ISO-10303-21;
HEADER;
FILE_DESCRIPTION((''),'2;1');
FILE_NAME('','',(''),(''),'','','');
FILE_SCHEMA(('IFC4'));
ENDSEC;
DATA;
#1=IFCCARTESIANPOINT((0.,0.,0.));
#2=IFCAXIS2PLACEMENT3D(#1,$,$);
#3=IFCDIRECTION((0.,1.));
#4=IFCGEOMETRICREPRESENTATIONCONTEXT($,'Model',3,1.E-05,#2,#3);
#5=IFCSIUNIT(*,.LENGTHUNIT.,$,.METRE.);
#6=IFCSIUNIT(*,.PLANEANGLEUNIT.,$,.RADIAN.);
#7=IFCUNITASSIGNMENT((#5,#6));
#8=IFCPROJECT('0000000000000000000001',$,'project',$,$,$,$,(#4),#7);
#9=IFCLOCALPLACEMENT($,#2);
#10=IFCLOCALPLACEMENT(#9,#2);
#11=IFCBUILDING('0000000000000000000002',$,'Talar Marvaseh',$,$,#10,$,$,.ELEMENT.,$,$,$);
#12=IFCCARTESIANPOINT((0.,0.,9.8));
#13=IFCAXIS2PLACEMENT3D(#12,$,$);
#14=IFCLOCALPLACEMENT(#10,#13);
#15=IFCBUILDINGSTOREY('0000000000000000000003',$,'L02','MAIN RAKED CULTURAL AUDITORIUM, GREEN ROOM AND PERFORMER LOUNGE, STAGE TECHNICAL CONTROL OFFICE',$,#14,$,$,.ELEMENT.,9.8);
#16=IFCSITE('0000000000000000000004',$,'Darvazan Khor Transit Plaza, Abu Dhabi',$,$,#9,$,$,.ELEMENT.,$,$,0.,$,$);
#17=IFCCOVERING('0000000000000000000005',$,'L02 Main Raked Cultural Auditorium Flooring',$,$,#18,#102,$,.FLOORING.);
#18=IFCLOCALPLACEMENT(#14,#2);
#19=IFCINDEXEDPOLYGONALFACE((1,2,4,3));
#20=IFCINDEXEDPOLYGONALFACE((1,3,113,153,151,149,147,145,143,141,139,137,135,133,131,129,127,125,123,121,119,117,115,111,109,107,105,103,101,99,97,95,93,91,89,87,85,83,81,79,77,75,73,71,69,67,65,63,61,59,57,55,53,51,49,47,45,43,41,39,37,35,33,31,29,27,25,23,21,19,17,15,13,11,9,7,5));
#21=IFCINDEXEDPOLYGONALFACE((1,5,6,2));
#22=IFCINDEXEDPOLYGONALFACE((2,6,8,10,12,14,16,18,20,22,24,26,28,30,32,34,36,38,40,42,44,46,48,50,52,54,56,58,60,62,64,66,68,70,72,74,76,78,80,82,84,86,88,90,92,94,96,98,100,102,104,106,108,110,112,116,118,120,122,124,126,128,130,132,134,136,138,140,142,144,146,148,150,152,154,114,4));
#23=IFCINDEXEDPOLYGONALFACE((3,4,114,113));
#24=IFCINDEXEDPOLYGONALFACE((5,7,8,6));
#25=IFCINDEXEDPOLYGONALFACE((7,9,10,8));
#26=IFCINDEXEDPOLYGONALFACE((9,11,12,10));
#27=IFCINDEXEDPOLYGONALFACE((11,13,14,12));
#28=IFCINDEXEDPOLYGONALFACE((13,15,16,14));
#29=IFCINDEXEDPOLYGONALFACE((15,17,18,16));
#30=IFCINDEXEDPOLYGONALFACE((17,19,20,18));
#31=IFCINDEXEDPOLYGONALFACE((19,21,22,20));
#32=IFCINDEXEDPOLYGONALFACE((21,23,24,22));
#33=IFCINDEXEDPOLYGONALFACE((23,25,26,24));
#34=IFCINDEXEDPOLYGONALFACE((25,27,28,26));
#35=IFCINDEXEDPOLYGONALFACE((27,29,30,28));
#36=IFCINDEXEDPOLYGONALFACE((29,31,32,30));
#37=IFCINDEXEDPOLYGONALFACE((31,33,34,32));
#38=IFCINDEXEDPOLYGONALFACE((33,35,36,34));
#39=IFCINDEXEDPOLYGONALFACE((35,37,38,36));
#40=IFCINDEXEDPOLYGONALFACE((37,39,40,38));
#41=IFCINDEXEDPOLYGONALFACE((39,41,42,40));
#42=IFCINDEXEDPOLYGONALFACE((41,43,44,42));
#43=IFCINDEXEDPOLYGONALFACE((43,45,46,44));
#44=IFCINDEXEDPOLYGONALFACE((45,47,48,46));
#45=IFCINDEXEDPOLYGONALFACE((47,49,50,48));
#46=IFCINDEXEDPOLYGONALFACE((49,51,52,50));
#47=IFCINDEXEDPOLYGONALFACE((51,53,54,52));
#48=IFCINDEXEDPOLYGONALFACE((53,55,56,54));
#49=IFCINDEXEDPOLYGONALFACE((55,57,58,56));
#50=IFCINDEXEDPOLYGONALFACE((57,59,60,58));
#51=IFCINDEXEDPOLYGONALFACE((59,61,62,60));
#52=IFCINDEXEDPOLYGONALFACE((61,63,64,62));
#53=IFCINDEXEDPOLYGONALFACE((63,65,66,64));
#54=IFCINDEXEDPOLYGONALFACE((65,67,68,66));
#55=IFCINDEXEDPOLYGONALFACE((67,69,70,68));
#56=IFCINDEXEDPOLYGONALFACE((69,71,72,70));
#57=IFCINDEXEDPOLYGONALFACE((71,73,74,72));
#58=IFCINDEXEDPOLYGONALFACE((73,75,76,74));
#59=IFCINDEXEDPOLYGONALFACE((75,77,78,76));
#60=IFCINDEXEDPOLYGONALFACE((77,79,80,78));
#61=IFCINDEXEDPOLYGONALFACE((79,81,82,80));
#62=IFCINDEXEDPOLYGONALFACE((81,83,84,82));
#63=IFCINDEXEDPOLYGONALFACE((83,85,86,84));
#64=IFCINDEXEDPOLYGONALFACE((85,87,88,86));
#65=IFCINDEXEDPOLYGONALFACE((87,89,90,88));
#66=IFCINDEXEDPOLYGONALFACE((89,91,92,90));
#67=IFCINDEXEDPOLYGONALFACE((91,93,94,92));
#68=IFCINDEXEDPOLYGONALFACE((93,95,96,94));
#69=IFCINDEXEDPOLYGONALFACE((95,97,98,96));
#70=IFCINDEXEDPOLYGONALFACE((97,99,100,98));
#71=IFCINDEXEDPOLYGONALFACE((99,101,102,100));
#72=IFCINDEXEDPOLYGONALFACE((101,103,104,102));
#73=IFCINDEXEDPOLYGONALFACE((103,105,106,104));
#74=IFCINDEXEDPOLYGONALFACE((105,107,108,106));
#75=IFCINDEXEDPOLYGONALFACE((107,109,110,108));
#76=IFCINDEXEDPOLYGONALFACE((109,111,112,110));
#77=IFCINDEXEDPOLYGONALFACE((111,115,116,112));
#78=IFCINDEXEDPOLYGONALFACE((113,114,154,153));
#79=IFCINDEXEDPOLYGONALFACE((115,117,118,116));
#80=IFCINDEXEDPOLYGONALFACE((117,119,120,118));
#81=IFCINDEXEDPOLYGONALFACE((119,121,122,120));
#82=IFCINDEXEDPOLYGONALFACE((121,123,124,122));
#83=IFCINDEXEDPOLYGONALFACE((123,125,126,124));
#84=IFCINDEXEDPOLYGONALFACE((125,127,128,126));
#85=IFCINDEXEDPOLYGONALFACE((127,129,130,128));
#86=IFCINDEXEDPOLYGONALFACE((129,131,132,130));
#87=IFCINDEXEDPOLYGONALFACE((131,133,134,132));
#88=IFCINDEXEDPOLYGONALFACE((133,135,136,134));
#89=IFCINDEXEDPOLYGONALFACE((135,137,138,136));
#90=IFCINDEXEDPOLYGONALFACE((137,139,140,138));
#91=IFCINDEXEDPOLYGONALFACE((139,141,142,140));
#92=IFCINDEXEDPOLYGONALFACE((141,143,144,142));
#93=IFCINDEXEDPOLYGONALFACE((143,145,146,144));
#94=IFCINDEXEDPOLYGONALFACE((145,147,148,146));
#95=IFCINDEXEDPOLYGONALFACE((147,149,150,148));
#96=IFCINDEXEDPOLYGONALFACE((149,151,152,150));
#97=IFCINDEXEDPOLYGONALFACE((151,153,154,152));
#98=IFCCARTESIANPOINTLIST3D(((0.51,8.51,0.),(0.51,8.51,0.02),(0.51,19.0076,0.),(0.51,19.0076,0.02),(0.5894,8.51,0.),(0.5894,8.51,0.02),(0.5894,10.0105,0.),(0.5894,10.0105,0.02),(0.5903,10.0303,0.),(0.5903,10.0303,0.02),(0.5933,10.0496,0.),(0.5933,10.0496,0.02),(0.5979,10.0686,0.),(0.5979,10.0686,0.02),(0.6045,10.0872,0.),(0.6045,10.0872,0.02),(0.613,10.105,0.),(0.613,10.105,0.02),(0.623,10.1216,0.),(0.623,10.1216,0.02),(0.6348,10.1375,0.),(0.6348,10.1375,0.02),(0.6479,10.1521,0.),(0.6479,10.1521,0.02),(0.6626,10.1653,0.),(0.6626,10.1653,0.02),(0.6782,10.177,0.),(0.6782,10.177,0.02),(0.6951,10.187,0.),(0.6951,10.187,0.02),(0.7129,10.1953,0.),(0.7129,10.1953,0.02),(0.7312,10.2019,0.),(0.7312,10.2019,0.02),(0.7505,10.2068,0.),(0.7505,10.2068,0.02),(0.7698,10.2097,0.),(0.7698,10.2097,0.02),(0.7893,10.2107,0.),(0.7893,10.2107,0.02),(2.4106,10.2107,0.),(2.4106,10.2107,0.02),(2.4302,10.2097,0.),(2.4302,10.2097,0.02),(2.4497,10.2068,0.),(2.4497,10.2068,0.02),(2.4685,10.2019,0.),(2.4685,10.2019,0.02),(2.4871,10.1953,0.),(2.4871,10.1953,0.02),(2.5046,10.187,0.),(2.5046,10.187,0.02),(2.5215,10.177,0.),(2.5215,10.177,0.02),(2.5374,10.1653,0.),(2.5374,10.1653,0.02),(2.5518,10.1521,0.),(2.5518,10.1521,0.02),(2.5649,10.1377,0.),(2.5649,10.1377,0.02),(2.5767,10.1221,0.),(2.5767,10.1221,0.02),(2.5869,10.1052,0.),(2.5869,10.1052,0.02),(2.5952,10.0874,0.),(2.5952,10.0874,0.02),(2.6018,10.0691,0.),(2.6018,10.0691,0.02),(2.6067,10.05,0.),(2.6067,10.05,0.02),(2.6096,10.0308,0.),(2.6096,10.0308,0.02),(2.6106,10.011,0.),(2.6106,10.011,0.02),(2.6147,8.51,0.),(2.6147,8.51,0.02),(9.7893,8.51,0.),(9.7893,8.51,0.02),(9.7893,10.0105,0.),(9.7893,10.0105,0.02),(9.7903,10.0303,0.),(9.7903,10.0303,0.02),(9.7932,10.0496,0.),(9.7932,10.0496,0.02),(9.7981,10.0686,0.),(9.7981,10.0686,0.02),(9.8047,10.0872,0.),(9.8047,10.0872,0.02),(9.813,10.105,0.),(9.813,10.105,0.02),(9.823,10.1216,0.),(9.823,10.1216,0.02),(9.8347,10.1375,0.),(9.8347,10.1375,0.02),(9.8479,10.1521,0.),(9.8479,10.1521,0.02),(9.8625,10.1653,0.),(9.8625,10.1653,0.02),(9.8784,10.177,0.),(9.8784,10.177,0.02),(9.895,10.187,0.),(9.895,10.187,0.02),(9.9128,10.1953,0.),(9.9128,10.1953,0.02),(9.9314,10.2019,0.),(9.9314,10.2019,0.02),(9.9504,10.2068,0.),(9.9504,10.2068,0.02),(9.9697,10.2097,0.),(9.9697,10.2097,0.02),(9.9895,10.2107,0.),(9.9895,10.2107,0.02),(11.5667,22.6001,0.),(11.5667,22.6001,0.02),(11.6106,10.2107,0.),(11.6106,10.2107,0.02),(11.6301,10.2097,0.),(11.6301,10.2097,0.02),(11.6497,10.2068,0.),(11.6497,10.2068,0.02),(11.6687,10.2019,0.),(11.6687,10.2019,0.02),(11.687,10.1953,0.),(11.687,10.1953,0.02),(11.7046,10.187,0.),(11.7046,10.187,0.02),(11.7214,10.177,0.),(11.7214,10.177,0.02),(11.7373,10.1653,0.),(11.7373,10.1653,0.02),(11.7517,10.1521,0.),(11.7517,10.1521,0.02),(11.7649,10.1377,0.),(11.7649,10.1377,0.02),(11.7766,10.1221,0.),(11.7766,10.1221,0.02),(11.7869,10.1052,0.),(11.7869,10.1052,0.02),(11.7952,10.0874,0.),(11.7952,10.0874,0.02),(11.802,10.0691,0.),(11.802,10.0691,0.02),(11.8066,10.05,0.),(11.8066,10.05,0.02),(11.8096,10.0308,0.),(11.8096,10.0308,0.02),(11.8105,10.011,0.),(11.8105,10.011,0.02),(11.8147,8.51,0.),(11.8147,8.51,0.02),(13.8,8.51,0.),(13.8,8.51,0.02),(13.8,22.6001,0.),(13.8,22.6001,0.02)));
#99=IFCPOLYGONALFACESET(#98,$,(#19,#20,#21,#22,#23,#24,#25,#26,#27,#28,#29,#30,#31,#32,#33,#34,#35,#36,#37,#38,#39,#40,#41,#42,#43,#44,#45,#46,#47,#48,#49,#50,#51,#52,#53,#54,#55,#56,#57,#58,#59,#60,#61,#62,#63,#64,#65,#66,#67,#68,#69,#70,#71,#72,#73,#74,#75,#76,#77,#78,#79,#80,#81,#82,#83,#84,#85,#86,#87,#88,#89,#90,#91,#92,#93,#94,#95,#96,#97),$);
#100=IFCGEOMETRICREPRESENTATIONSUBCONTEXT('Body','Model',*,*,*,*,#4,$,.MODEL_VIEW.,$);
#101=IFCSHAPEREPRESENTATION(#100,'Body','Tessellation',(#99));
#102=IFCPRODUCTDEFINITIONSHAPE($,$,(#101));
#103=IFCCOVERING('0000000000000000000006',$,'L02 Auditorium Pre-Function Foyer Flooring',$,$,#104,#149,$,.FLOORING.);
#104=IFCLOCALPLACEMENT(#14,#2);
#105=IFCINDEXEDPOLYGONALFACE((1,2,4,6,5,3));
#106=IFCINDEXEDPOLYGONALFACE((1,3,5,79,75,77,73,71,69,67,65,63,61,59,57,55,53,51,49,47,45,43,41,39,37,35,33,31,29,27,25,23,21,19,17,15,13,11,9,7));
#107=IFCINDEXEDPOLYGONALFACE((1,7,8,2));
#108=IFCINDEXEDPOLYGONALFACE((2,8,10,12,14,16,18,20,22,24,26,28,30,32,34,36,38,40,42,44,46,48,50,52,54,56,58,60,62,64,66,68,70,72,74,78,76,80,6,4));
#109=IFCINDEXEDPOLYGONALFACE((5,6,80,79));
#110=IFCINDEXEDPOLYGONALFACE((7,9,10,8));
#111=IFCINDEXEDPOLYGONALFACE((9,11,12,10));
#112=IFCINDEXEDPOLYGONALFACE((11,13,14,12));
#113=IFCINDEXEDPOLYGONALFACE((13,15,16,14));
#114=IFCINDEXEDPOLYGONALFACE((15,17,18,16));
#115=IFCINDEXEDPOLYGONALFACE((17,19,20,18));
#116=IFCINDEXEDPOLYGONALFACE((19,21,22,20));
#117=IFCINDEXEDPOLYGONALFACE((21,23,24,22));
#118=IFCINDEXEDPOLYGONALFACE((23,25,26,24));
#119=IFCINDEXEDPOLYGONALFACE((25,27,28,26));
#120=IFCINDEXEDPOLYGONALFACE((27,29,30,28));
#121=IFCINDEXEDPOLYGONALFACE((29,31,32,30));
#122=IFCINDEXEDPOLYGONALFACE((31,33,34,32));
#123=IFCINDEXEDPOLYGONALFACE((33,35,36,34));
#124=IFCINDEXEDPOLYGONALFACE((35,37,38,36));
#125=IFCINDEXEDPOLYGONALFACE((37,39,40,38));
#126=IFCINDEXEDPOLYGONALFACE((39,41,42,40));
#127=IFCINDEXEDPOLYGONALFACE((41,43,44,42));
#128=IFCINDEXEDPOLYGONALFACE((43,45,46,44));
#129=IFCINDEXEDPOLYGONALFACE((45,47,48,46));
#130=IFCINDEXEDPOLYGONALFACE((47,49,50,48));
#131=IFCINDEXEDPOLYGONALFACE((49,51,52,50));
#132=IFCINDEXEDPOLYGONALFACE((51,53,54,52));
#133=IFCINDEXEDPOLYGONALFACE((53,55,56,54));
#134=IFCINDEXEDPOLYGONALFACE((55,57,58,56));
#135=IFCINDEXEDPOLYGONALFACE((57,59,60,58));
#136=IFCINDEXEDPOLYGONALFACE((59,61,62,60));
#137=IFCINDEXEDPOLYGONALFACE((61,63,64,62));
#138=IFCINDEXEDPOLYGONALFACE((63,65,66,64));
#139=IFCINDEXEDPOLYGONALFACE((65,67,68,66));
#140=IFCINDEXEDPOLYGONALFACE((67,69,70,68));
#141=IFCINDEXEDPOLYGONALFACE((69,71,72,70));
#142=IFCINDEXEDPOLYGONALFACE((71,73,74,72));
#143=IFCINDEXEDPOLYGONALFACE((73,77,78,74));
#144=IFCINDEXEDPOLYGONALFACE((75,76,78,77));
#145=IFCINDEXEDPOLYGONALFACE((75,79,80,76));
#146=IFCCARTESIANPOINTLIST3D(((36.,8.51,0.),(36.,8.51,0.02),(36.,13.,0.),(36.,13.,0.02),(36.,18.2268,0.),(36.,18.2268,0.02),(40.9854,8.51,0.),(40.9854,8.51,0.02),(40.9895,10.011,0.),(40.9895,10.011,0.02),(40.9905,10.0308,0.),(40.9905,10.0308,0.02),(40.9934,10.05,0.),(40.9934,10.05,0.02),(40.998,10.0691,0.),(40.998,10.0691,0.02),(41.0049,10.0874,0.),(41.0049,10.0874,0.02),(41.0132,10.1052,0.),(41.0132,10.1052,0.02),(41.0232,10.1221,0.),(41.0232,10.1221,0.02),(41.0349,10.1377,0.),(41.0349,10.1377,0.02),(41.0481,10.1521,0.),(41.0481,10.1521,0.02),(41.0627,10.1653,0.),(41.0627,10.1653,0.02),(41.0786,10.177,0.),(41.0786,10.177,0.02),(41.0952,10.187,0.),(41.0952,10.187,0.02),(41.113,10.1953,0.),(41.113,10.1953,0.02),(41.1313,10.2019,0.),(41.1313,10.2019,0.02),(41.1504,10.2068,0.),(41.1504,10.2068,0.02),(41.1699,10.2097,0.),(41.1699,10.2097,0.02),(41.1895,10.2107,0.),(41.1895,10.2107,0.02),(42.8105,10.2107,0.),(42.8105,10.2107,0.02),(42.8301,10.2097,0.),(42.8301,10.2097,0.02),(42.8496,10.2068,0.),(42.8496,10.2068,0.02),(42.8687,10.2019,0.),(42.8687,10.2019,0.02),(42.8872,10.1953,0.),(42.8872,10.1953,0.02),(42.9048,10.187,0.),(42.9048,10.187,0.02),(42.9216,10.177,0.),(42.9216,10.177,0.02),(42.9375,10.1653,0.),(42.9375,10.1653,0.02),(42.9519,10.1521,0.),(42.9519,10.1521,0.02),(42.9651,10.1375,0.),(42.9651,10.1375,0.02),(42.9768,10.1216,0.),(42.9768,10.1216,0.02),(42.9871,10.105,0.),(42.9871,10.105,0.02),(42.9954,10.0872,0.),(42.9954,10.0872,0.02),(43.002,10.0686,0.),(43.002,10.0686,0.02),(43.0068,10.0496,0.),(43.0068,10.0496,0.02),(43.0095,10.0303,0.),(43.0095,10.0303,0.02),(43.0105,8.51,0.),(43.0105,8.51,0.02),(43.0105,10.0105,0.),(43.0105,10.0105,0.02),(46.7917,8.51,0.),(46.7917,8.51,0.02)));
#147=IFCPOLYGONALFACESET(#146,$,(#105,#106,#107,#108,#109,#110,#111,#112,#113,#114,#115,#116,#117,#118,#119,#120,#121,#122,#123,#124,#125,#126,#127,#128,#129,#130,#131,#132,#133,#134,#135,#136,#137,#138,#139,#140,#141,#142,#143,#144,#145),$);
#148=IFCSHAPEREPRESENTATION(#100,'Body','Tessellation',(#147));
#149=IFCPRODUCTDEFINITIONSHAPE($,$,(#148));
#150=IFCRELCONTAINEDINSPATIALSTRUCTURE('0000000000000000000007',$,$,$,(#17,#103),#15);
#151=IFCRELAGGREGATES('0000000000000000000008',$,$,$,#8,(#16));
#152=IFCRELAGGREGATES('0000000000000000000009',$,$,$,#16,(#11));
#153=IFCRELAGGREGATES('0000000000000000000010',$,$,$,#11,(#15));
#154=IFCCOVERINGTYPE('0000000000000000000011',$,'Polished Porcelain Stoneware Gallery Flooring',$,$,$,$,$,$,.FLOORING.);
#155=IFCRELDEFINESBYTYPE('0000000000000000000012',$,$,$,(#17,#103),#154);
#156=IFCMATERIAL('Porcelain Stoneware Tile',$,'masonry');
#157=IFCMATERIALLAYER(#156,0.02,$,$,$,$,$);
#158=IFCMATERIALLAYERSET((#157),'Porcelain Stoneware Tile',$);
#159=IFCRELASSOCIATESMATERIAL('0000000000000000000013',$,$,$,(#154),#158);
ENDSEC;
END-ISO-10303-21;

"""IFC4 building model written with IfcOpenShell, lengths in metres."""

from ifc_helpers import new_model, si_unit, direction, frame, origin, place, context, subcontext, project, spatial, polyline, outline, extrude, material, layer, layer_set, type_object, element, save


model = new_model("IFC4")

# Units and contexts
model_context = context("Model", 3, precision=1e-05, world=origin(), true_north=direction((0.0, 1.0)))
body_context = subcontext(model_context, "Body", "Model", "MODEL_VIEW")
ifc_project = project(units=[si_unit("LENGTHUNIT", "METRE"), si_unit("PLANEANGLEUNIT", "RADIAN")], contexts=[model_context])

# Site, building, storey
site_placement = place(None, origin())
site = spatial("IfcSite", under=ifc_project, at=site_placement, Name="Darvazan Khor Transit Plaza, Abu Dhabi", CompositionType="ELEMENT", RefElevation=0.0)
building_placement = place(site_placement, origin())
building = spatial("IfcBuilding", under=site, at=building_placement, Name="Talar Marvaseh", CompositionType="ELEMENT")
storey_placement = place(building_placement, frame((0.0, 0.0, 9.8)))
storey = spatial("IfcBuildingStorey", under=building, at=storey_placement, Name="L02", Description="MAIN RAKED CULTURAL AUDITORIUM, GREEN ROOM AND PERFORMER LOUNGE, STAGE TECHNICAL CONTROL OFFICE", CompositionType="ELEMENT", Elevation=9.8)

# Coverings
ifc_material_1 = material(Name="Porcelain Stoneware Tile", Category="masonry")
ifc_layer_1 = layer(ifc_material_1, 0.02)
ifc_layer_set_1 = layer_set([ifc_layer_1], Name="Porcelain Stoneware Tile")
covering_type_1 = type_object("IfcCoveringType", Name="Polished Porcelain Stoneware Gallery Flooring", PredefinedType="FLOORING", material=ifc_layer_set_1)
covering_1_placement = place(storey_placement, origin())
element("IfcCovering", 1, at=covering_1_placement, inside=storey, type_object=covering_type_1, Name="L02 Main Raked Cultural Auditorium Flooring", PredefinedType="FLOORING", context=body_context, shape_type="SweptSolid", body=[
    extrude(outline(polyline([(13.8, 22.6001), (13.8, 8.51), (11.8147, 8.51), (11.8105, 10.011), (11.8096, 10.0308), (11.8066, 10.05), (11.802, 10.0691), (11.7952, 10.0874), (11.7869, 10.1052), (11.7766, 10.1221), (11.7649, 10.1377), (11.7517, 10.1521), (11.7373, 10.1653), (11.7214, 10.177), (11.7046, 10.187), (11.687, 10.1953), (11.6687, 10.2019), (11.6497, 10.2068), (11.6301, 10.2097), (11.6106, 10.2107), (9.9895, 10.2107), (9.9697, 10.2097), (9.9504, 10.2068), (9.9314, 10.2019), (9.9128, 10.1953), (9.895, 10.187), (9.8784, 10.177), (9.8625, 10.1653), (9.8479, 10.1521), (9.8347, 10.1375), (9.823, 10.1216), (9.813, 10.105), (9.8047, 10.0872), (9.7981, 10.0686), (9.7932, 10.0496), (9.7903, 10.0303), (9.7893, 10.0105), (9.7893, 8.51), (2.6147, 8.51), (2.6106, 10.011), (2.6096, 10.0308), (2.6067, 10.05), (2.6018, 10.0691), (2.5952, 10.0874), (2.5869, 10.1052), (2.5767, 10.1221), (2.5649, 10.1377), (2.5518, 10.1521), (2.5374, 10.1653), (2.5215, 10.177), (2.5046, 10.187), (2.4871, 10.1953), (2.4685, 10.2019), (2.4497, 10.2068), (2.4302, 10.2097), (2.4106, 10.2107), (0.7893, 10.2107), (0.7698, 10.2097), (0.7505, 10.2068), (0.7312, 10.2019), (0.7129, 10.1953), (0.6951, 10.187), (0.6782, 10.177), (0.6626, 10.1653), (0.6479, 10.1521), (0.6348, 10.1375), (0.623, 10.1216), (0.613, 10.105), (0.6045, 10.0872), (0.5979, 10.0686), (0.5933, 10.0496), (0.5903, 10.0303), (0.5894, 10.0105), (0.5894, 8.51), (0.51, 8.51), (0.51, 19.0076), (11.5667, 22.6001), (13.8, 22.6001)])), origin(), (0.0, 0.0, 1.0), 0.02),
])
covering_2_placement = place(storey_placement, origin())
element("IfcCovering", 2, at=covering_2_placement, inside=storey, type_object=covering_type_1, Name="L02 Auditorium Pre-Function Foyer Flooring", PredefinedType="FLOORING", context=body_context, shape_type="SweptSolid", body=[
    extrude(outline(polyline([(46.7917, 8.51), (43.0105, 8.51), (43.0105, 10.0105), (43.0095, 10.0303), (43.0068, 10.0496), (43.002, 10.0686), (42.9954, 10.0872), (42.9871, 10.105), (42.9768, 10.1216), (42.9651, 10.1375), (42.9519, 10.1521), (42.9375, 10.1653), (42.9216, 10.177), (42.9048, 10.187), (42.8872, 10.1953), (42.8687, 10.2019), (42.8496, 10.2068), (42.8301, 10.2097), (42.8105, 10.2107), (41.1895, 10.2107), (41.1699, 10.2097), (41.1504, 10.2068), (41.1313, 10.2019), (41.113, 10.1953), (41.0952, 10.187), (41.0786, 10.177), (41.0627, 10.1653), (41.0481, 10.1521), (41.0349, 10.1377), (41.0232, 10.1221), (41.0132, 10.1052), (41.0049, 10.0874), (40.998, 10.0691), (40.9934, 10.05), (40.9905, 10.0308), (40.9895, 10.011), (40.9854, 8.51), (36.0, 8.51), (36.0, 13.0), (36.0, 18.2268), (46.7917, 8.51)])), origin(), (0.0, 0.0, 1.0), 0.02),
])

save(model, "model.ifc")
